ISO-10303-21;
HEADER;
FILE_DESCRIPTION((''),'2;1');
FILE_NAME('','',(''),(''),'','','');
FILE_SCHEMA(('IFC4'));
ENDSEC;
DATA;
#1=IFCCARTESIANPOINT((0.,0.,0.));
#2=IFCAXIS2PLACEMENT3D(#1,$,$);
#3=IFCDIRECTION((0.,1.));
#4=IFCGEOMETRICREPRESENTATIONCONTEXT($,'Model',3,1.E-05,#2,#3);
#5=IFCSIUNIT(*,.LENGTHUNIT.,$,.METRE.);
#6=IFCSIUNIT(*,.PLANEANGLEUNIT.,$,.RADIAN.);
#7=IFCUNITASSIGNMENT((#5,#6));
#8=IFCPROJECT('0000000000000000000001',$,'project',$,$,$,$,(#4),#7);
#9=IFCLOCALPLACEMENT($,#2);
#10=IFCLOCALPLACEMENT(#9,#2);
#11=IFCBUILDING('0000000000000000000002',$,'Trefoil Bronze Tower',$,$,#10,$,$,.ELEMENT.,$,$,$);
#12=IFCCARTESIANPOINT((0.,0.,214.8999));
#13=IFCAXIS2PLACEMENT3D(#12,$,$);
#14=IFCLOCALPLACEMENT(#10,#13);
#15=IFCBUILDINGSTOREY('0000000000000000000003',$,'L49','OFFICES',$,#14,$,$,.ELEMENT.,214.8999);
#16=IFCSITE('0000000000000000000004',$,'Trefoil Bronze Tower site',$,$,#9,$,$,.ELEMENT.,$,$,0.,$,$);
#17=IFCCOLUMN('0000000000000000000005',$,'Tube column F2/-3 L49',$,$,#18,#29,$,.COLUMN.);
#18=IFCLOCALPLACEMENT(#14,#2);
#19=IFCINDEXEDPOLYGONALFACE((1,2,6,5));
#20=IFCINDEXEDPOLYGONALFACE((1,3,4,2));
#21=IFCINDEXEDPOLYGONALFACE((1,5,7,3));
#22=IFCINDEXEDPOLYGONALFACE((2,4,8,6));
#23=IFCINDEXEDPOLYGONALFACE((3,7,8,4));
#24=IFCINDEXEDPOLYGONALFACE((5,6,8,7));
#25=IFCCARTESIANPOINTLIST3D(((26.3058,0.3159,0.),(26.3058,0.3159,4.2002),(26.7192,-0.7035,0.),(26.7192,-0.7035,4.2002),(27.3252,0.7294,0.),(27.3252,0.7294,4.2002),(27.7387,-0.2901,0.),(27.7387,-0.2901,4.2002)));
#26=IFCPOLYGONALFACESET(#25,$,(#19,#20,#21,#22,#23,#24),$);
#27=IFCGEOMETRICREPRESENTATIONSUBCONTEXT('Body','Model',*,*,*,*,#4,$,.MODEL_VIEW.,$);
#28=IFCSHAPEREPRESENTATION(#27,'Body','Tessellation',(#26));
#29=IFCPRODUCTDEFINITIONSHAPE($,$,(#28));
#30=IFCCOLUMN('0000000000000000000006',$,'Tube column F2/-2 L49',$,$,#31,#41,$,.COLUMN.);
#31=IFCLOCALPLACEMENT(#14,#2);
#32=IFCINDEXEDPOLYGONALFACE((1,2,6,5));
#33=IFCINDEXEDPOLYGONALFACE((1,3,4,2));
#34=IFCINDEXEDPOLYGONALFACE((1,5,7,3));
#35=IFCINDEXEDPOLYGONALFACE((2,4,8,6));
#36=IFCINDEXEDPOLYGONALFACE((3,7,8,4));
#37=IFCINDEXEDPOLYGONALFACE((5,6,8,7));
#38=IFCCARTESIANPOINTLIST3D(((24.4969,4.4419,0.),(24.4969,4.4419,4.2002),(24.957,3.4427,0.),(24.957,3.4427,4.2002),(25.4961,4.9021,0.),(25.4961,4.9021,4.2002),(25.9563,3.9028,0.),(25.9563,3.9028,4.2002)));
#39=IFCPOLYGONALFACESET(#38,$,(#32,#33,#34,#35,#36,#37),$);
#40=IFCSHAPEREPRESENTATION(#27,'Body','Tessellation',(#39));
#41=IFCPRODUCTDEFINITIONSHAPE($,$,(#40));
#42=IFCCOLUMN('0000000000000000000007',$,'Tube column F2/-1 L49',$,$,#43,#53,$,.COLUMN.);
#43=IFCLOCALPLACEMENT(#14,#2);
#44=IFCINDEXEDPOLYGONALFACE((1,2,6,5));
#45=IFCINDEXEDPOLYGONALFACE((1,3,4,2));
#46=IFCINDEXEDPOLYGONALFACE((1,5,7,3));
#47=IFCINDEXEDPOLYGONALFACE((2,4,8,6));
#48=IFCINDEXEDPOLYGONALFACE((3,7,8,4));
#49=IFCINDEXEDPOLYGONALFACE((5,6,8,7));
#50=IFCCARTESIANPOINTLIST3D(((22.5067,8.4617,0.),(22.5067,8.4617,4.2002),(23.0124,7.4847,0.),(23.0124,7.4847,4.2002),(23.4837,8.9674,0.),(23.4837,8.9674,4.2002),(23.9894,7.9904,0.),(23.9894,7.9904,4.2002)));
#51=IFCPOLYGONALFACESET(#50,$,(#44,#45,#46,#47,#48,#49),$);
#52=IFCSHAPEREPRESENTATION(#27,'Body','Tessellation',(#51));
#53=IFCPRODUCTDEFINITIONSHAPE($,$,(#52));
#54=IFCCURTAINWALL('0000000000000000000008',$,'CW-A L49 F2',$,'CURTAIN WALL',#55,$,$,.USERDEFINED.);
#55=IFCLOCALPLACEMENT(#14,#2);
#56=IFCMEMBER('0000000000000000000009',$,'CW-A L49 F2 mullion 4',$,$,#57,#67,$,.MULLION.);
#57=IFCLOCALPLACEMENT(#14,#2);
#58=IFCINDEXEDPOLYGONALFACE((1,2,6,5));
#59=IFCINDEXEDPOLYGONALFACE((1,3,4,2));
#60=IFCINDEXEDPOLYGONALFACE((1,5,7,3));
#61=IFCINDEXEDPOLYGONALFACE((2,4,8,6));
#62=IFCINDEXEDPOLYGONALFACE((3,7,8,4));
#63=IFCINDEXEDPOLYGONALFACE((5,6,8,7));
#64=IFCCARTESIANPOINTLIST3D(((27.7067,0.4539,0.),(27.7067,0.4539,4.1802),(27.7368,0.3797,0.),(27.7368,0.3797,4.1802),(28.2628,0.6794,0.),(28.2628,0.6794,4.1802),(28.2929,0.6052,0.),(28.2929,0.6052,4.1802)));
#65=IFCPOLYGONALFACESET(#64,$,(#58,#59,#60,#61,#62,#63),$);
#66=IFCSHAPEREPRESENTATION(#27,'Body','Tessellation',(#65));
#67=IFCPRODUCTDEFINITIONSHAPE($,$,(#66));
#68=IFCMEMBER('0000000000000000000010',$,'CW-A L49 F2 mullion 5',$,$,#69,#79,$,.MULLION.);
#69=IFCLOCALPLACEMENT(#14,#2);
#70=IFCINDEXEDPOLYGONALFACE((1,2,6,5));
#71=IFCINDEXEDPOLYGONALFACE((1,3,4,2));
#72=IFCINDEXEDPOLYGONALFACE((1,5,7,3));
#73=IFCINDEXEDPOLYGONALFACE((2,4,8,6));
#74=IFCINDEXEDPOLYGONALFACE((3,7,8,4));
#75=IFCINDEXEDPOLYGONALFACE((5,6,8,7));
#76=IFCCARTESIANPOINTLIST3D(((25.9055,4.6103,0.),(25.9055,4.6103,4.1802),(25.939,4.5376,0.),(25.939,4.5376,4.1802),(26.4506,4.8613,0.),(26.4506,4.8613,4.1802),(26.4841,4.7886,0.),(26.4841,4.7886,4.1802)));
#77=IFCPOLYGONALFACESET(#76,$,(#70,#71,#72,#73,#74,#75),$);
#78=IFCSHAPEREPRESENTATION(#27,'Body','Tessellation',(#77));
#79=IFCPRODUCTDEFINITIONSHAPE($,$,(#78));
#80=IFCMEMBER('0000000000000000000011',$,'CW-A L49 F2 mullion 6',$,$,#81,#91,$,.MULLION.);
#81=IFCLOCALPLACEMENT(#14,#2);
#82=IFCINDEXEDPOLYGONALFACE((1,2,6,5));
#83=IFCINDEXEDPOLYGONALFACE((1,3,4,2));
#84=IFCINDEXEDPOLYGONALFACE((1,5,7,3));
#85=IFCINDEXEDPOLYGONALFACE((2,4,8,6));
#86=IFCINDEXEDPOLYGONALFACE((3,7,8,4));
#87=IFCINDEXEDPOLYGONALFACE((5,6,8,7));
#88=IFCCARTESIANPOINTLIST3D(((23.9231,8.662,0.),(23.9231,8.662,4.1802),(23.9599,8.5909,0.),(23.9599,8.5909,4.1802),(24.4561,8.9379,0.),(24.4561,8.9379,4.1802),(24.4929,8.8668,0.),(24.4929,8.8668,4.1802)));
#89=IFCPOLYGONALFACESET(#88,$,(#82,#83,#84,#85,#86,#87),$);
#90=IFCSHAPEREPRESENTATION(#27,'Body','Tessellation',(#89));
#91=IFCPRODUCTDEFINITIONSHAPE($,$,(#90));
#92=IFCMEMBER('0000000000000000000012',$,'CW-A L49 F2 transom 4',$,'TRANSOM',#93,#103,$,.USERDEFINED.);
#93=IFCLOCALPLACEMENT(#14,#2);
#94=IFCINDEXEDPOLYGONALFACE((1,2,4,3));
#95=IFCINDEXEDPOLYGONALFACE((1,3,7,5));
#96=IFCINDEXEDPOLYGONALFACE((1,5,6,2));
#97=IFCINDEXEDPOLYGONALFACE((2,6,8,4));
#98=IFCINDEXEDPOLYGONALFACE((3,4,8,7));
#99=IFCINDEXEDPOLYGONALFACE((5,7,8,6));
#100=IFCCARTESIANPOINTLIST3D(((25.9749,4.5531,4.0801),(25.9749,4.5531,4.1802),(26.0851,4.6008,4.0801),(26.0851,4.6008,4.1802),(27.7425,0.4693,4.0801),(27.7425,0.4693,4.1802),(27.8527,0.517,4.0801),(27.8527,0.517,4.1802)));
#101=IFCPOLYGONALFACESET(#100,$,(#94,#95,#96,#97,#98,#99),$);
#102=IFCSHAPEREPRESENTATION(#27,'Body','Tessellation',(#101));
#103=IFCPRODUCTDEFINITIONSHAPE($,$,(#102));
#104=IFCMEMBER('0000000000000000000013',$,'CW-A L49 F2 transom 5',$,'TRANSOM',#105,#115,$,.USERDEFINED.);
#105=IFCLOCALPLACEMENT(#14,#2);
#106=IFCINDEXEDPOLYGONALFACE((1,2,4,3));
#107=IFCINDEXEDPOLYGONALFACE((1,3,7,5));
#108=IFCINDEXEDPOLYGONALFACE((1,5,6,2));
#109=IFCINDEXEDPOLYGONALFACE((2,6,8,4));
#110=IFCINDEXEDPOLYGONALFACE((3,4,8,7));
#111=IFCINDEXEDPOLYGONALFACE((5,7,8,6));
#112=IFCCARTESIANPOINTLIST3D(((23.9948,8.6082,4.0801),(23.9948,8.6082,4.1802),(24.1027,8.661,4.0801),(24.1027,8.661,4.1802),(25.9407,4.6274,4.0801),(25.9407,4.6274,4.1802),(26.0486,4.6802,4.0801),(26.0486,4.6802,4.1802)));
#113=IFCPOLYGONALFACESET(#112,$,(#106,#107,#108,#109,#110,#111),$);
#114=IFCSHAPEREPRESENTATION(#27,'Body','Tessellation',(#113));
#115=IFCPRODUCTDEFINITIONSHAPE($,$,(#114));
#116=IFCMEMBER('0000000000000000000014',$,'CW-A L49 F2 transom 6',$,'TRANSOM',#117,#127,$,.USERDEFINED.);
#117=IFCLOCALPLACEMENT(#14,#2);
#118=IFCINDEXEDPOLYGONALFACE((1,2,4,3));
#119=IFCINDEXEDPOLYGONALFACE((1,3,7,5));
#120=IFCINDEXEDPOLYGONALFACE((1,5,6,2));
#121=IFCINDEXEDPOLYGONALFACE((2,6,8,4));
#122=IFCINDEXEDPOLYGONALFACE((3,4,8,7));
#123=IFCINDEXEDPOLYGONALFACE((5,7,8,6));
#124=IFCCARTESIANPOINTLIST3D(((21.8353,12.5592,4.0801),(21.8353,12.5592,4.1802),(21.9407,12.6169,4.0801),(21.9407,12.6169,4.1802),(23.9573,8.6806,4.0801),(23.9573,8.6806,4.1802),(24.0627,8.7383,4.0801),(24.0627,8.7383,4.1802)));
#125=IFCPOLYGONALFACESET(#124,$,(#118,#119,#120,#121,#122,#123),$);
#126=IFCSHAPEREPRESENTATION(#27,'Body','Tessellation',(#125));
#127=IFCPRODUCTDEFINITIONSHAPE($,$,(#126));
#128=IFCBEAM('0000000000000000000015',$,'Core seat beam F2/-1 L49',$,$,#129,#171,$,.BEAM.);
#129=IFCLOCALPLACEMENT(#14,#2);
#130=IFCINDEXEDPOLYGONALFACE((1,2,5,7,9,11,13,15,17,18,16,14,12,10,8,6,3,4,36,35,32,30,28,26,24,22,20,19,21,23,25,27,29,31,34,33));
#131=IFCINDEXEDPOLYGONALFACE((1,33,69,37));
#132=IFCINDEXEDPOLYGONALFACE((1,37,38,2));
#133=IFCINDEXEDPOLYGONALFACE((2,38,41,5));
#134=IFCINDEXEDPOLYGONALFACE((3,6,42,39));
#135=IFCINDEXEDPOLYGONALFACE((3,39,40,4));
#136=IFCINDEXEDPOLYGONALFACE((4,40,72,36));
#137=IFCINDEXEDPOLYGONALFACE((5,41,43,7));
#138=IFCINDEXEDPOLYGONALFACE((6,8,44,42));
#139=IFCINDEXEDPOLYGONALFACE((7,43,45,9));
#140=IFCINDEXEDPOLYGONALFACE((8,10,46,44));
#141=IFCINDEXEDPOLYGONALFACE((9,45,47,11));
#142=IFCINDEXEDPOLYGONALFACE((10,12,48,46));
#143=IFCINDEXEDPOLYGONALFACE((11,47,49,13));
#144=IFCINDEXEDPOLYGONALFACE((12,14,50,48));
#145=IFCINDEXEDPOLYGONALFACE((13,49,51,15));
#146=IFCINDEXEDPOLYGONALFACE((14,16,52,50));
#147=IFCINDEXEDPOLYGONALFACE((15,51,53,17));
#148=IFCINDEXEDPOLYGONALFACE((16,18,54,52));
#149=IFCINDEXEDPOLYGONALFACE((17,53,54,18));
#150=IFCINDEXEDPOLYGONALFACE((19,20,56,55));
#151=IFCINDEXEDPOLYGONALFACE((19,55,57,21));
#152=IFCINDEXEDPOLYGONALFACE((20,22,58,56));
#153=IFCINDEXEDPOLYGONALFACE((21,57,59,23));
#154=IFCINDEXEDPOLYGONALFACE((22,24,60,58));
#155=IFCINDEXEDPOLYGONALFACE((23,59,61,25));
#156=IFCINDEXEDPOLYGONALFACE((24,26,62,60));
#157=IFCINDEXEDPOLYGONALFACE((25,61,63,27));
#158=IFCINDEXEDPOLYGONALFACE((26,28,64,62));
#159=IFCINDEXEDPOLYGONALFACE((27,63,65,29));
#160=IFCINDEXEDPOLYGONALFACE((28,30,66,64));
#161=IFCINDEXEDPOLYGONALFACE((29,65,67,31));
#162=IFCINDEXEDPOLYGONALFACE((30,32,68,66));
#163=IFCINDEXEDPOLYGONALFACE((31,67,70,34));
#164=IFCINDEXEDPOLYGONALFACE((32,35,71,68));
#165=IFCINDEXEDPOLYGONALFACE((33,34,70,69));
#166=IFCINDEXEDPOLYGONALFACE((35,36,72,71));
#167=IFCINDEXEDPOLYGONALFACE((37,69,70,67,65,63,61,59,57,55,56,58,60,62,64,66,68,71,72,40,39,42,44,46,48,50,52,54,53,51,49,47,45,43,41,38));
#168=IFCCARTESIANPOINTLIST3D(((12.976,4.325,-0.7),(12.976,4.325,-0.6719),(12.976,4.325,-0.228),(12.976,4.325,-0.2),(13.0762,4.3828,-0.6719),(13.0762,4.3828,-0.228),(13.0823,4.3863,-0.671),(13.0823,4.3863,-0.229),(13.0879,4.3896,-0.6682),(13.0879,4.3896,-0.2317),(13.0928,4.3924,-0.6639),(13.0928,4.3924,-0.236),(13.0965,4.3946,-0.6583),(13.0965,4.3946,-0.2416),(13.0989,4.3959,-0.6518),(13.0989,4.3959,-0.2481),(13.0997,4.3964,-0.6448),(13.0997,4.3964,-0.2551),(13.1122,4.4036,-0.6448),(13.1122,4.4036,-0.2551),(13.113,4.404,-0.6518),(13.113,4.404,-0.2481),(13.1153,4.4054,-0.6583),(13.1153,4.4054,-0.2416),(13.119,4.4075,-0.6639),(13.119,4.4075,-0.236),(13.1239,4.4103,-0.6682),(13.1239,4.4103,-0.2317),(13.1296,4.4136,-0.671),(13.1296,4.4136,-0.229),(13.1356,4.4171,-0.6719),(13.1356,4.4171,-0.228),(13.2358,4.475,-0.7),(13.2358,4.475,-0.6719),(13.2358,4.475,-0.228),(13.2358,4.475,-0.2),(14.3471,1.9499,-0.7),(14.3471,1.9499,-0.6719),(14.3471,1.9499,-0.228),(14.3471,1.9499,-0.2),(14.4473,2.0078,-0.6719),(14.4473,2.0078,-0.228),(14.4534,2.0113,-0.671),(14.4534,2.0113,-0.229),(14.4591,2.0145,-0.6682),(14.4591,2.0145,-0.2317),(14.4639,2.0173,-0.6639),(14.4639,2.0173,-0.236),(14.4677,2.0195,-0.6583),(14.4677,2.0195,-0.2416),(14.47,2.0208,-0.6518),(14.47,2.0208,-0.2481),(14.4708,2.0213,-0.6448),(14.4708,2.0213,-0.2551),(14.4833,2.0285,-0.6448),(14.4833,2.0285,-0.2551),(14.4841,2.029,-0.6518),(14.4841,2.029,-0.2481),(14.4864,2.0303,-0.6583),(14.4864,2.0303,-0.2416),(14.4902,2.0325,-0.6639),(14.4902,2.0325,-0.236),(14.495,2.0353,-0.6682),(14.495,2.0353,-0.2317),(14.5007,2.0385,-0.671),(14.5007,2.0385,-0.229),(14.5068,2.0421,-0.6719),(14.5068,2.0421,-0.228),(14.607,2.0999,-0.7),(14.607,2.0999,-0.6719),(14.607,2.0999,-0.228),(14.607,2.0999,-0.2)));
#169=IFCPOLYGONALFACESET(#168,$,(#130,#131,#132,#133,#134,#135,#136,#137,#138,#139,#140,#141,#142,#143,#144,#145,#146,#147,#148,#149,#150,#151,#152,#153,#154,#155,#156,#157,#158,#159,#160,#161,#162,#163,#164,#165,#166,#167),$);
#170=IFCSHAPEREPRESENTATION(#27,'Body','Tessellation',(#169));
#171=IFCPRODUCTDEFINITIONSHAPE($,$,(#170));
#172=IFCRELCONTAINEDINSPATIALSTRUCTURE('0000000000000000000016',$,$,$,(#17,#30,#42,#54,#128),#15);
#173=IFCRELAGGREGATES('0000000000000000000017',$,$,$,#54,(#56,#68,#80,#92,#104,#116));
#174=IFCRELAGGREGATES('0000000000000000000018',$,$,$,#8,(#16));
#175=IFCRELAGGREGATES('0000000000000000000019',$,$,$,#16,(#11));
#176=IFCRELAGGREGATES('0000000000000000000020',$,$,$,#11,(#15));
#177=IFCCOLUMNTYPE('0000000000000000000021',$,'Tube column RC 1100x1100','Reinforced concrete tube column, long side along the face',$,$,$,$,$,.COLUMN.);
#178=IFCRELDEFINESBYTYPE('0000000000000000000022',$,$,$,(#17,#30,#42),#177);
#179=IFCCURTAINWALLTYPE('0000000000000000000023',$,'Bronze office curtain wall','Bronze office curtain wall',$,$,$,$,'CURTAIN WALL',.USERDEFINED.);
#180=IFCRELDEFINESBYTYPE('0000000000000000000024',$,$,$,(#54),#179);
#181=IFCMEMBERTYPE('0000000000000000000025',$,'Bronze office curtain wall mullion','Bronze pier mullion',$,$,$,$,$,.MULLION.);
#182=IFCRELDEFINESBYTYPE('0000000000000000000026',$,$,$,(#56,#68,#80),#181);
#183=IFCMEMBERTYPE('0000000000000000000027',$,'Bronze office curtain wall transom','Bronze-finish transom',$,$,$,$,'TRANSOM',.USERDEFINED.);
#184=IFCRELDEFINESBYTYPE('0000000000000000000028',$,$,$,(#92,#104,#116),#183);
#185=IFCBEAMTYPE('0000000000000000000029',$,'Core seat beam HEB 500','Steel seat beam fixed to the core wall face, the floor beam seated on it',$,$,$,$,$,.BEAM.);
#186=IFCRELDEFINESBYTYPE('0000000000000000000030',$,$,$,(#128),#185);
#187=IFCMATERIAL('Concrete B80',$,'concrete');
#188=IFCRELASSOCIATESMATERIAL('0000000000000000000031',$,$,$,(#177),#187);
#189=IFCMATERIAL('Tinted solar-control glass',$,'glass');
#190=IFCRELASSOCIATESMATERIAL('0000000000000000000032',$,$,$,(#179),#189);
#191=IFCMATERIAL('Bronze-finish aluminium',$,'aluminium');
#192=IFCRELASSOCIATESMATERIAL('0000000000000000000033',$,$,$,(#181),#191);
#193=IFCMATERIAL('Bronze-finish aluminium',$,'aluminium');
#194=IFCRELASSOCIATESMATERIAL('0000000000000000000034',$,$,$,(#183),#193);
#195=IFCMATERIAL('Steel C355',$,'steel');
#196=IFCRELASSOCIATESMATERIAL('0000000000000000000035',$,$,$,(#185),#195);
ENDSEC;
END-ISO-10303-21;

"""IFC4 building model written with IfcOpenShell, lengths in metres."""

from ifc_helpers import new_model, si_unit, direction, frame, origin, origin_2d, place, context, subcontext, project, spatial, rectangle, i_section, extrude, material, material_profile, profile_set, type_object, element, aggregate, save


model = new_model("IFC4")

# Units and contexts
model_context = context("Model", 3, precision=1e-05, world=origin(), true_north=direction((0.0, 1.0)))
body_context = subcontext(model_context, "Body", "Model", "MODEL_VIEW")
ifc_project = project(units=[si_unit("LENGTHUNIT", "METRE"), si_unit("PLANEANGLEUNIT", "RADIAN")], contexts=[model_context])

# Site, building, storey
site_placement = place(None, origin())
site = spatial("IfcSite", under=ifc_project, at=site_placement, Name="Trefoil Bronze Tower site", CompositionType="ELEMENT", RefElevation=0.0)
building_placement = place(site_placement, origin())
building = spatial("IfcBuilding", under=site, at=building_placement, Name="Trefoil Bronze Tower", CompositionType="ELEMENT")
storey_placement = place(building_placement, frame((0.0, 0.0, 214.8999)))
storey = spatial("IfcBuildingStorey", under=building, at=storey_placement, Name="L49", Description="OFFICES", CompositionType="ELEMENT", Elevation=214.8999)

# Columns
ifc_material_1 = material(Name="Concrete B80", Category="concrete")
ifc_material_profile_1 = material_profile(ifc_material_1, rectangle(XDim=1.1001, YDim=1.1001, at=origin_2d()), Name="RC 1100x1100")
ifc_profile_set_1 = profile_set([ifc_material_profile_1], Name="Concrete B80")
column_type = type_object("IfcColumnType", Name="Tube column RC 1100x1100", Description="Reinforced concrete tube column, long side along the face", PredefinedType="COLUMN", material=ifc_profile_set_1)
for number, where, z_axis, x_axis, name in (
    (1, (27.0222, 0.0129, 0.0), (0.0, 0.0, 1.0), (-0.375828, 0.926689, 0.0), "Tube column F2/-3 L49"),
    (2, (25.2266, 4.1724, 0.0), (0.0, 0.0, 1.0), (-0.418286, 0.908315, 0.0), "Tube column F2/-2 L49"),
    (3, (23.248, 8.2261, 0.0), (0.0, 0.0, 1.0), (-0.459673, 0.888088, 0.0), "Tube column F2/-1 L49"),
):
    element("IfcColumn", number, at=place(storey_placement, frame(where, z_axis=z_axis, x_axis=x_axis)), inside=storey, type_object=column_type, Name=name, PredefinedType="COLUMN", context=body_context, shape_type="SweptSolid", body=[
        extrude(rectangle(XDim=1.1001, YDim=1.1001, at=origin_2d()), origin(), (0.0, 0.0, 1.0), 4.2002),
    ])

# Curtain wall, members
ifc_material_2 = material(Name="Tinted solar-control glass", Category="glass")
curtain_wall_type = type_object("IfcCurtainWallType", Name="Bronze office curtain wall", Description="Bronze office curtain wall", ElementType="CURTAIN WALL", PredefinedType="USERDEFINED", material=ifc_material_2)
curtain_wall_placement = place(storey_placement, origin())
curtain_wall = element("IfcCurtainWall", 4, at=curtain_wall_placement, inside=storey, type_object=curtain_wall_type, Name="CW-A L49 F2", ObjectType="CURTAIN WALL", PredefinedType="USERDEFINED")
ifc_material_3 = material(Name="Bronze-finish aluminium", Category="aluminium")
ifc_material_profile_2 = material_profile(ifc_material_3, rectangle(XDim=0.6001, YDim=0.0801, at=origin_2d()), Name="CW-A mullion")
ifc_profile_set_2 = profile_set([ifc_material_profile_2], Name="Bronze-finish aluminium")
member_type_1 = type_object("IfcMemberType", Name="Bronze office curtain wall mullion", Description="Bronze pier mullion", PredefinedType="MULLION", material=ifc_profile_set_2)
member_1_placement = place(storey_placement, frame((27.9998, 0.5295, 0.0), z_axis=(0.0, 0.0, 1.0), x_axis=(-0.926689, -0.375828, 0.0)))
member_1 = element("IfcMember", 5, at=member_1_placement, type_object=member_type_1, Name="CW-A L49 F2 mullion 4", PredefinedType="MULLION", context=body_context, shape_type="SweptSolid", body=[
    extrude(rectangle(XDim=0.6001, YDim=0.0801, at=origin_2d()), origin(), (0.0, 0.0, 1.0), 4.1802),
])
member_2_placement = place(storey_placement, frame((26.1948, 4.6995, 0.0), z_axis=(0.0, 0.0, 1.0), x_axis=(-0.908315, -0.418286, 0.0)))
member_2 = element("IfcMember", 6, at=member_2_placement, type_object=member_type_1, Name="CW-A L49 F2 mullion 5", PredefinedType="MULLION", context=body_context, shape_type="SweptSolid", body=[
    extrude(rectangle(XDim=0.6001, YDim=0.0801, at=origin_2d()), origin(), (0.0, 0.0, 1.0), 4.1802),
])
member_3_placement = place(storey_placement, frame((24.208, 8.7644, 0.0), z_axis=(0.0, 0.0, 1.0), x_axis=(-0.888088, -0.459673, 0.0)))
member_3 = element("IfcMember", 7, at=member_3_placement, type_object=member_type_1, Name="CW-A L49 F2 mullion 6", PredefinedType="MULLION", context=body_context, shape_type="SweptSolid", body=[
    extrude(rectangle(XDim=0.6001, YDim=0.0801, at=origin_2d()), origin(), (0.0, 0.0, 1.0), 4.1802),
])
ifc_material_4 = material(Name="Bronze-finish aluminium", Category="aluminium")
ifc_material_profile_3 = material_profile(ifc_material_4, rectangle(XDim=0.1201, YDim=0.1001, at=origin_2d()), Name="CW-A transom")
ifc_profile_set_3 = profile_set([ifc_material_profile_3], Name="Bronze-finish aluminium")
member_type_2 = type_object("IfcMemberType", Name="Bronze office curtain wall transom", Description="Bronze-finish transom", ElementType="TRANSOM", PredefinedType="USERDEFINED", material=ifc_profile_set_3)
member_4_placement = place(storey_placement, frame((27.7976, 0.4932, 4.1301), z_axis=(-0.397221, 0.917723, 0.0), x_axis=(-0.917723, -0.397221, 0.0)))
member_4 = element("IfcMember", 8, at=member_4_placement, type_object=member_type_2, Name="CW-A L49 F2 transom 4", ObjectType="TRANSOM", PredefinedType="USERDEFINED", context=body_context, shape_type="SweptSolid", body=[
    extrude(rectangle(XDim=0.1201, YDim=0.1001, at=origin_2d()), origin(), (0.0, 0.0, 1.0), 4.45),
])
member_5_placement = place(storey_placement, frame((25.9946, 4.6538, 4.1301), z_axis=(-0.439151, 0.898413, 0.0), x_axis=(-0.898413, -0.439151, 0.0)))
member_5 = element("IfcMember", 9, at=member_5_placement, type_object=member_type_2, Name="CW-A L49 F2 transom 5", ObjectType="TRANSOM", PredefinedType="USERDEFINED", context=body_context, shape_type="SweptSolid", body=[
    extrude(rectangle(XDim=0.1201, YDim=0.1001, at=origin_2d()), origin(), (0.0, 0.0, 1.0), 4.4309),
])
member_6_placement = place(storey_placement, frame((24.01, 8.7095, 4.1301), z_axis=(-0.479974, 0.877283, 0.0), x_axis=(-0.877283, -0.479974, 0.0)))
member_6 = element("IfcMember", 10, at=member_6_placement, type_object=member_type_2, Name="CW-A L49 F2 transom 6", ObjectType="TRANSOM", PredefinedType="USERDEFINED", context=body_context, shape_type="SweptSolid", body=[
    extrude(rectangle(XDim=0.1201, YDim=0.1001, at=origin_2d()), origin(), (0.0, 0.0, 1.0), 4.4211),
])

# Beam
ifc_material_5 = material(Name="Steel C355", Category="steel")
ifc_material_profile_4 = material_profile(ifc_material_5, i_section(OverallWidth=0.3, OverallDepth=0.5, WebThickness=0.0144, FlangeThickness=0.0281, FilletRadius=0.0271, at=origin_2d()), Name="HEB 500")
ifc_profile_set_4 = profile_set([ifc_material_profile_4], Name="Steel C355")
beam_type_1 = type_object("IfcBeamType", Name="Core seat beam HEB 500", Description="Steel seat beam fixed to the core wall face, the floor beam seated on it", PredefinedType="BEAM", material=ifc_profile_set_4)
for number, where, z_axis, x_axis, name in (
    (11, (14.4771, 2.0249, -0.45), (-0.499969, 0.866043, 0.0), (-0.866043, -0.499969, 0.0), "Core seat beam F2/-1 L49"),
):
    element("IfcBeam", number, at=place(storey_placement, frame(where, z_axis=z_axis, x_axis=x_axis)), inside=storey, type_object=beam_type_1, Name=name, PredefinedType="BEAM", context=body_context, shape_type="SweptSolid", body=[
        extrude(i_section(OverallWidth=0.3, OverallDepth=0.5, WebThickness=0.0144, FlangeThickness=0.0281, FilletRadius=0.0271, at=origin_2d()), origin(), (0.0, 0.0, 1.0), 2.7424),
    ])

aggregate(curtain_wall, [member_1, member_2, member_3, member_4, member_5, member_6])

save(model, "model.ifc")
